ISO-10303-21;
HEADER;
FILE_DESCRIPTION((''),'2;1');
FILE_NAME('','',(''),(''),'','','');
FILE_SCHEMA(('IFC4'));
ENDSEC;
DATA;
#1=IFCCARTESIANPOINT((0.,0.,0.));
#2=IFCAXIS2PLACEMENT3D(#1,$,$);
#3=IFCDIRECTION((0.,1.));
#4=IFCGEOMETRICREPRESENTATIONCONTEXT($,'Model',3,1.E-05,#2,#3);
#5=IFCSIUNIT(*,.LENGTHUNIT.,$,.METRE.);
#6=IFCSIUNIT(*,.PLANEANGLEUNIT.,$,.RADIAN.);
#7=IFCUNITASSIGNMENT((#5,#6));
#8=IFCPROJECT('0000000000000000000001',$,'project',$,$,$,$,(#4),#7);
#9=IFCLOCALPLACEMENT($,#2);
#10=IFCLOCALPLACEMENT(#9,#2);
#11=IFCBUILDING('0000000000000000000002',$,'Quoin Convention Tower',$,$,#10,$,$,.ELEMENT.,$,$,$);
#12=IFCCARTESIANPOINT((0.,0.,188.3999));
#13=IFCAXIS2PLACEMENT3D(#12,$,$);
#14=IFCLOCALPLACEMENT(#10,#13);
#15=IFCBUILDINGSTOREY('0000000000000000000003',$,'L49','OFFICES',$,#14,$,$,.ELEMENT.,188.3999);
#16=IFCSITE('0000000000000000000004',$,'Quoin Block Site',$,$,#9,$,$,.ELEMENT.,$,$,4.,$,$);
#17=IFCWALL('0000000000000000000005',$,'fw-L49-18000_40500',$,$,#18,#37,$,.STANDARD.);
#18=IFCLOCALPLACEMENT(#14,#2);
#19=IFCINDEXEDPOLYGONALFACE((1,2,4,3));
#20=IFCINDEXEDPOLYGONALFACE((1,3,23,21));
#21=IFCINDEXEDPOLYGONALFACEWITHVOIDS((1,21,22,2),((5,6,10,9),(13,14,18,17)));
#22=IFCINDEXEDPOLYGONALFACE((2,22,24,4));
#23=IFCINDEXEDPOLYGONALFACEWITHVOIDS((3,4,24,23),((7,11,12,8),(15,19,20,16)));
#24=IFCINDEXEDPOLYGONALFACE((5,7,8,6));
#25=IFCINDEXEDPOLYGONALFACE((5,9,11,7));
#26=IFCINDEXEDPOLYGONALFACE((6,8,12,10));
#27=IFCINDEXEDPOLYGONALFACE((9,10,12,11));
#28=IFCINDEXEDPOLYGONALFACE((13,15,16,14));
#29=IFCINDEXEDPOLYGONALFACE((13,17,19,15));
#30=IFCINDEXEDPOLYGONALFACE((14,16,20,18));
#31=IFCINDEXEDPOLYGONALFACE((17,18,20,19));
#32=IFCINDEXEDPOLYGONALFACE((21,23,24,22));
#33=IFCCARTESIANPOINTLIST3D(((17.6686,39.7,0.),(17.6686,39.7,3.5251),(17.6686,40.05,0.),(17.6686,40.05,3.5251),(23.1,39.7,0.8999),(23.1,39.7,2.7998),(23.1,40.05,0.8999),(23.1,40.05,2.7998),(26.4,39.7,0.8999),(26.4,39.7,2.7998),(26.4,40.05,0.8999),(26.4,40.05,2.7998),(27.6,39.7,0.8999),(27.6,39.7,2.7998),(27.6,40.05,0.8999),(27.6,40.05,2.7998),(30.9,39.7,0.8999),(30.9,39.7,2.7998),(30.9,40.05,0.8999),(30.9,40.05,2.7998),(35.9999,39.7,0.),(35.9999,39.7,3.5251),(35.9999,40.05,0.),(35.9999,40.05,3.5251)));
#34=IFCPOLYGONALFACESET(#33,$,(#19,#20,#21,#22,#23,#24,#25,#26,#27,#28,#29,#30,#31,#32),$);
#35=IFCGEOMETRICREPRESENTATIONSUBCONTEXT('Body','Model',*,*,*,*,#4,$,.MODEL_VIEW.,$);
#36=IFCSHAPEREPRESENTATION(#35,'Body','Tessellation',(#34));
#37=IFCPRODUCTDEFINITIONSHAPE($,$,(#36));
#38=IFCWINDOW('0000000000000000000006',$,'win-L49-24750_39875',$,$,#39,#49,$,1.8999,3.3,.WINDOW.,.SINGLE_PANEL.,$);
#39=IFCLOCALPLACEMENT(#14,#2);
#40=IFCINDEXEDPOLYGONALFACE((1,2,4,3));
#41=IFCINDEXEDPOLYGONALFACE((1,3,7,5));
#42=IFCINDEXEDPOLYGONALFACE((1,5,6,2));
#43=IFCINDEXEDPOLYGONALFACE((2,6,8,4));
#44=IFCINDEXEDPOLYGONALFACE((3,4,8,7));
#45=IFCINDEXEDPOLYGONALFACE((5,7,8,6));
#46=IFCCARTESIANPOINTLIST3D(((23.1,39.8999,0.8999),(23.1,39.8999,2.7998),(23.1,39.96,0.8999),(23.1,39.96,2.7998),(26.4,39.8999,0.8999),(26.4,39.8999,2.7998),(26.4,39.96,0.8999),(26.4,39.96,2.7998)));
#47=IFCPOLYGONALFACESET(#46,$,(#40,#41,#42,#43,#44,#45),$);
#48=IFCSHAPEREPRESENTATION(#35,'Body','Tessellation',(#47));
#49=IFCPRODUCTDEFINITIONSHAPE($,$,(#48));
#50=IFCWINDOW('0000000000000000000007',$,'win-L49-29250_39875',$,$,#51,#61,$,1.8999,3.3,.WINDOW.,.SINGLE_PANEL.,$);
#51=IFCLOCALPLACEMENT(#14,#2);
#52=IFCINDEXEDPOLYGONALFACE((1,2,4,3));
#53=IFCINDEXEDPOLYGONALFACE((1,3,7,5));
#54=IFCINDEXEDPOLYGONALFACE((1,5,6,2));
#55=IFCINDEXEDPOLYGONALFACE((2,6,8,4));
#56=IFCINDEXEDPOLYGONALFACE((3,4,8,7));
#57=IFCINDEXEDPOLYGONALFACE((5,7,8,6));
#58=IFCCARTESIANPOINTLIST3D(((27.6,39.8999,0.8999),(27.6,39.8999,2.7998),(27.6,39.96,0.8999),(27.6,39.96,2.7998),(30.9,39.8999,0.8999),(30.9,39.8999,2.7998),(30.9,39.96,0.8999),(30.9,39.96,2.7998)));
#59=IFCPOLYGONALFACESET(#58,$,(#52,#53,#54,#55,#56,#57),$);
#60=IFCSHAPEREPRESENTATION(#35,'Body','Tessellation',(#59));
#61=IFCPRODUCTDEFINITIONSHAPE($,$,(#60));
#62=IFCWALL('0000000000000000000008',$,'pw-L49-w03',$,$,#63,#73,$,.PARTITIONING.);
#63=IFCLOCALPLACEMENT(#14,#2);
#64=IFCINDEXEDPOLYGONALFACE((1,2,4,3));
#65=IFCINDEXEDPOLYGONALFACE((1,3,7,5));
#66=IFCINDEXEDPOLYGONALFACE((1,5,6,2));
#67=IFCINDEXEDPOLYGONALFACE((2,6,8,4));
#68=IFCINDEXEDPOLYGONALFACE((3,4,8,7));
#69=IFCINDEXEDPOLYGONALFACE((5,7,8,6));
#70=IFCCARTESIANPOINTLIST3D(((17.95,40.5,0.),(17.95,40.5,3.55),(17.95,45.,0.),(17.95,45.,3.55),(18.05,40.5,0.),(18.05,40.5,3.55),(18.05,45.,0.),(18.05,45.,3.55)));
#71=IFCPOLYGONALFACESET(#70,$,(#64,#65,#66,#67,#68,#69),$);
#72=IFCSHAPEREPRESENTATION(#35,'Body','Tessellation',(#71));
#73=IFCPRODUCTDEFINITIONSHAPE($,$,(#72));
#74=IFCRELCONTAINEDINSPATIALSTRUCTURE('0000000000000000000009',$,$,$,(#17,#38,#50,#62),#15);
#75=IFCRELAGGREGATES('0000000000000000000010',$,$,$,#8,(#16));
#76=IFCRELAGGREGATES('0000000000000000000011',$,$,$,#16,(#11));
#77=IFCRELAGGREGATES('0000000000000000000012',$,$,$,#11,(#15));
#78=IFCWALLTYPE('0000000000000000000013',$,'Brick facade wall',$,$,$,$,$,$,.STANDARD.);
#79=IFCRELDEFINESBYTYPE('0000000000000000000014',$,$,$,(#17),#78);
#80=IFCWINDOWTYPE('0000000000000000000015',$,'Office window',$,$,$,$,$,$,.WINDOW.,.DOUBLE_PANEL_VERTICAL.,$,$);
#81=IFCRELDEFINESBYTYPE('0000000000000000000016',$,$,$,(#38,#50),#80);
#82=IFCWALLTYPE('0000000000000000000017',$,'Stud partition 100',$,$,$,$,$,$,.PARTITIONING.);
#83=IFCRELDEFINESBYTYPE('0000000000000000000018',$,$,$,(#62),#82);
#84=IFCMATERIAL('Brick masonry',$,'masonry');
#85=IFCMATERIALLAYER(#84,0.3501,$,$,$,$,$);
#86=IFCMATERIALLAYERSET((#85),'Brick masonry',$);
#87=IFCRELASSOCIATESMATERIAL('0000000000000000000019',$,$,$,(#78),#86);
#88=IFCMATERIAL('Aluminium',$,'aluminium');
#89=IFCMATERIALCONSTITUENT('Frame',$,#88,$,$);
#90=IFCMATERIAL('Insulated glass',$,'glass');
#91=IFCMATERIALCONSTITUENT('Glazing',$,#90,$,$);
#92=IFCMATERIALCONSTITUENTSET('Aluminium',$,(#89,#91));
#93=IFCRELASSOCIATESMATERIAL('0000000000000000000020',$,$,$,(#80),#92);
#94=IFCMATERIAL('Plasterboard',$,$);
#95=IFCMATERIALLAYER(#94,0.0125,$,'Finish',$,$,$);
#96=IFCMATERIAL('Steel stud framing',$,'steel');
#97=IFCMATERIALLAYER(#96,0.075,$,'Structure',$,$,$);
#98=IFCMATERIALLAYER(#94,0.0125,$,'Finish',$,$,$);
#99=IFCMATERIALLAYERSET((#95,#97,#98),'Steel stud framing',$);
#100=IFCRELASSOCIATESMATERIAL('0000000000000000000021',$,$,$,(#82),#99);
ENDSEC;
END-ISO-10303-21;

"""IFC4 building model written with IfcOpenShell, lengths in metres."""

from ifc_helpers import new_model, si_unit, direction, frame, frame_2d, origin, place, context, subcontext, project, spatial, rectangle, extrude, material, layer, layer_set, constituent, constituent_set, type_object, element, fill, save


model = new_model("IFC4")

# Units and contexts
model_context = context("Model", 3, precision=1e-05, world=origin(), true_north=direction((0.0, 1.0)))
body_context = subcontext(model_context, "Body", "Model", "MODEL_VIEW")
ifc_project = project(units=[si_unit("LENGTHUNIT", "METRE"), si_unit("PLANEANGLEUNIT", "RADIAN")], contexts=[model_context])

# Site, building, storey
site_placement = place(None, origin())
site = spatial("IfcSite", under=ifc_project, at=site_placement, Name="Quoin Block Site", CompositionType="ELEMENT", RefElevation=4.0)
building_placement = place(site_placement, origin())
building = spatial("IfcBuilding", under=site, at=building_placement, Name="Quoin Convention Tower", CompositionType="ELEMENT")
storey_placement = place(building_placement, frame((0.0, 0.0, 188.3999)))
storey = spatial("IfcBuildingStorey", under=building, at=storey_placement, Name="L49", Description="OFFICES", CompositionType="ELEMENT", Elevation=188.3999)

# Wall, openings, windows
ifc_material_1 = material(Name="Brick masonry", Category="masonry")
ifc_layer_1 = layer(ifc_material_1, 0.3501)
ifc_layer_set_1 = layer_set([ifc_layer_1], Name="Brick masonry")
wall_type_1 = type_object("IfcWallType", Name="Brick facade wall", PredefinedType="STANDARD", material=ifc_layer_set_1)
ifc_material_2 = material(Name="Aluminium", Category="aluminium")
ifc_constituent_1 = constituent(ifc_material_2, Name="Frame")
ifc_material_3 = material(Name="Insulated glass", Category="glass")
ifc_constituent_2 = constituent(ifc_material_3, Name="Glazing")
ifc_constituent_set = constituent_set(constituents=[ifc_constituent_1, ifc_constituent_2], Name="Aluminium")
window_type = type_object("IfcWindowType", Name="Office window", PartitioningType="DOUBLE_PANEL_VERTICAL", PredefinedType="WINDOW", material=ifc_constituent_set)
wall_1_placement = place(storey_placement, frame((17.6687, 39.875, 0.0), z_axis=(0.0, 0.0, 1.0), x_axis=(1.0, 0.0, 0.0)))
wall_1 = element("IfcWall", 1, at=wall_1_placement, inside=storey, type_object=wall_type_1, Name="fw-L49-18000_40500", PredefinedType="STANDARD", context=body_context, shape_type="SweptSolid", body=[
    extrude(rectangle(XDim=18.3313, YDim=0.3501, at=frame_2d((9.1655, 0.0))), origin(), (0.0, 0.0, 1.0), 3.5251),
])
opening_1_placement = place(wall_1_placement, frame((5.4314, 0.0, 0.8999)))
opening_1 = element("IfcOpeningElement", 2, at=opening_1_placement, cuts=wall_1, PredefinedType="OPENING", context=body_context, shape_type="SweptSolid", body=[
    extrude(rectangle(XDim=3.3, YDim=1.8999, at=frame_2d((1.6499, 0.95))), frame((0.0, 0.1851, 0.0), z_axis=(0.0, -1.0, 0.0), x_axis=(1.0, 0.0, 0.0)), (0.0, 0.0, 1.0), 0.3701),
])
opening_2_placement = place(wall_1_placement, frame((9.9314, 0.0, 0.8999)))
opening_2 = element("IfcOpeningElement", 3, at=opening_2_placement, cuts=wall_1, PredefinedType="OPENING", context=body_context, shape_type="SweptSolid", body=[
    extrude(rectangle(XDim=3.3, YDim=1.8999, at=frame_2d((1.6499, 0.95))), frame((0.0, 0.1851, 0.0), z_axis=(0.0, -1.0, 0.0), x_axis=(1.0, 0.0, 0.0)), (0.0, 0.0, 1.0), 0.3701),
])
window_1_placement = place(opening_1_placement, origin())
window_1 = element("IfcWindow", 4, at=window_1_placement, inside=storey, type_object=window_type, Name="win-L49-24750_39875", OverallHeight=1.8999, OverallWidth=3.3, PartitioningType="SINGLE_PANEL", PredefinedType="WINDOW", context=body_context, shape_type="SweptSolid", body=[
    extrude(rectangle(XDim=3.3, YDim=1.8999, at=frame_2d((1.6499, 0.95))), frame((0.0, 0.085, 0.0), z_axis=(0.0, -1.0, 0.0), x_axis=(1.0, 0.0, 0.0)), (0.0, 0.0, 1.0), 0.0601),
])
fill(opening_1, window_1)
window_2_placement = place(opening_2_placement, origin())
window_2 = element("IfcWindow", 5, at=window_2_placement, inside=storey, type_object=window_type, Name="win-L49-29250_39875", OverallHeight=1.8999, OverallWidth=3.3, PartitioningType="SINGLE_PANEL", PredefinedType="WINDOW", context=body_context, shape_type="SweptSolid", body=[
    extrude(rectangle(XDim=3.3, YDim=1.8999, at=frame_2d((1.6499, 0.95))), frame((0.0, 0.085, 0.0), z_axis=(0.0, -1.0, 0.0), x_axis=(1.0, 0.0, 0.0)), (0.0, 0.0, 1.0), 0.0601),
])
fill(opening_2, window_2)

# Wall
ifc_material_4 = material(Name="Plasterboard")
ifc_layer_2 = layer(ifc_material_4, 0.0125, Name="Finish")
ifc_material_5 = material(Name="Steel stud framing", Category="steel")
ifc_layer_3 = layer(ifc_material_5, 0.075, Name="Structure")
ifc_layer_4 = layer(ifc_material_4, 0.0125, Name="Finish")
ifc_layer_set_2 = layer_set([ifc_layer_2, ifc_layer_3, ifc_layer_4], Name="Steel stud framing")
wall_type_2 = type_object("IfcWallType", Name="Stud partition 100", PredefinedType="PARTITIONING", material=ifc_layer_set_2)
wall_2_placement = place(storey_placement, frame((18.0, 40.5, 0.0), z_axis=(0.0, 0.0, 1.0), x_axis=(0.0, 1.0, 0.0)))
element("IfcWall", 6, at=wall_2_placement, inside=storey, type_object=wall_type_2, Name="pw-L49-w03", PredefinedType="PARTITIONING", context=body_context, shape_type="SweptSolid", body=[
    extrude(rectangle(XDim=4.5, YDim=0.1001, at=frame_2d((2.25, 0.0))), origin(), (0.0, 0.0, 1.0), 3.55),
])

save(model, "model.ifc")
